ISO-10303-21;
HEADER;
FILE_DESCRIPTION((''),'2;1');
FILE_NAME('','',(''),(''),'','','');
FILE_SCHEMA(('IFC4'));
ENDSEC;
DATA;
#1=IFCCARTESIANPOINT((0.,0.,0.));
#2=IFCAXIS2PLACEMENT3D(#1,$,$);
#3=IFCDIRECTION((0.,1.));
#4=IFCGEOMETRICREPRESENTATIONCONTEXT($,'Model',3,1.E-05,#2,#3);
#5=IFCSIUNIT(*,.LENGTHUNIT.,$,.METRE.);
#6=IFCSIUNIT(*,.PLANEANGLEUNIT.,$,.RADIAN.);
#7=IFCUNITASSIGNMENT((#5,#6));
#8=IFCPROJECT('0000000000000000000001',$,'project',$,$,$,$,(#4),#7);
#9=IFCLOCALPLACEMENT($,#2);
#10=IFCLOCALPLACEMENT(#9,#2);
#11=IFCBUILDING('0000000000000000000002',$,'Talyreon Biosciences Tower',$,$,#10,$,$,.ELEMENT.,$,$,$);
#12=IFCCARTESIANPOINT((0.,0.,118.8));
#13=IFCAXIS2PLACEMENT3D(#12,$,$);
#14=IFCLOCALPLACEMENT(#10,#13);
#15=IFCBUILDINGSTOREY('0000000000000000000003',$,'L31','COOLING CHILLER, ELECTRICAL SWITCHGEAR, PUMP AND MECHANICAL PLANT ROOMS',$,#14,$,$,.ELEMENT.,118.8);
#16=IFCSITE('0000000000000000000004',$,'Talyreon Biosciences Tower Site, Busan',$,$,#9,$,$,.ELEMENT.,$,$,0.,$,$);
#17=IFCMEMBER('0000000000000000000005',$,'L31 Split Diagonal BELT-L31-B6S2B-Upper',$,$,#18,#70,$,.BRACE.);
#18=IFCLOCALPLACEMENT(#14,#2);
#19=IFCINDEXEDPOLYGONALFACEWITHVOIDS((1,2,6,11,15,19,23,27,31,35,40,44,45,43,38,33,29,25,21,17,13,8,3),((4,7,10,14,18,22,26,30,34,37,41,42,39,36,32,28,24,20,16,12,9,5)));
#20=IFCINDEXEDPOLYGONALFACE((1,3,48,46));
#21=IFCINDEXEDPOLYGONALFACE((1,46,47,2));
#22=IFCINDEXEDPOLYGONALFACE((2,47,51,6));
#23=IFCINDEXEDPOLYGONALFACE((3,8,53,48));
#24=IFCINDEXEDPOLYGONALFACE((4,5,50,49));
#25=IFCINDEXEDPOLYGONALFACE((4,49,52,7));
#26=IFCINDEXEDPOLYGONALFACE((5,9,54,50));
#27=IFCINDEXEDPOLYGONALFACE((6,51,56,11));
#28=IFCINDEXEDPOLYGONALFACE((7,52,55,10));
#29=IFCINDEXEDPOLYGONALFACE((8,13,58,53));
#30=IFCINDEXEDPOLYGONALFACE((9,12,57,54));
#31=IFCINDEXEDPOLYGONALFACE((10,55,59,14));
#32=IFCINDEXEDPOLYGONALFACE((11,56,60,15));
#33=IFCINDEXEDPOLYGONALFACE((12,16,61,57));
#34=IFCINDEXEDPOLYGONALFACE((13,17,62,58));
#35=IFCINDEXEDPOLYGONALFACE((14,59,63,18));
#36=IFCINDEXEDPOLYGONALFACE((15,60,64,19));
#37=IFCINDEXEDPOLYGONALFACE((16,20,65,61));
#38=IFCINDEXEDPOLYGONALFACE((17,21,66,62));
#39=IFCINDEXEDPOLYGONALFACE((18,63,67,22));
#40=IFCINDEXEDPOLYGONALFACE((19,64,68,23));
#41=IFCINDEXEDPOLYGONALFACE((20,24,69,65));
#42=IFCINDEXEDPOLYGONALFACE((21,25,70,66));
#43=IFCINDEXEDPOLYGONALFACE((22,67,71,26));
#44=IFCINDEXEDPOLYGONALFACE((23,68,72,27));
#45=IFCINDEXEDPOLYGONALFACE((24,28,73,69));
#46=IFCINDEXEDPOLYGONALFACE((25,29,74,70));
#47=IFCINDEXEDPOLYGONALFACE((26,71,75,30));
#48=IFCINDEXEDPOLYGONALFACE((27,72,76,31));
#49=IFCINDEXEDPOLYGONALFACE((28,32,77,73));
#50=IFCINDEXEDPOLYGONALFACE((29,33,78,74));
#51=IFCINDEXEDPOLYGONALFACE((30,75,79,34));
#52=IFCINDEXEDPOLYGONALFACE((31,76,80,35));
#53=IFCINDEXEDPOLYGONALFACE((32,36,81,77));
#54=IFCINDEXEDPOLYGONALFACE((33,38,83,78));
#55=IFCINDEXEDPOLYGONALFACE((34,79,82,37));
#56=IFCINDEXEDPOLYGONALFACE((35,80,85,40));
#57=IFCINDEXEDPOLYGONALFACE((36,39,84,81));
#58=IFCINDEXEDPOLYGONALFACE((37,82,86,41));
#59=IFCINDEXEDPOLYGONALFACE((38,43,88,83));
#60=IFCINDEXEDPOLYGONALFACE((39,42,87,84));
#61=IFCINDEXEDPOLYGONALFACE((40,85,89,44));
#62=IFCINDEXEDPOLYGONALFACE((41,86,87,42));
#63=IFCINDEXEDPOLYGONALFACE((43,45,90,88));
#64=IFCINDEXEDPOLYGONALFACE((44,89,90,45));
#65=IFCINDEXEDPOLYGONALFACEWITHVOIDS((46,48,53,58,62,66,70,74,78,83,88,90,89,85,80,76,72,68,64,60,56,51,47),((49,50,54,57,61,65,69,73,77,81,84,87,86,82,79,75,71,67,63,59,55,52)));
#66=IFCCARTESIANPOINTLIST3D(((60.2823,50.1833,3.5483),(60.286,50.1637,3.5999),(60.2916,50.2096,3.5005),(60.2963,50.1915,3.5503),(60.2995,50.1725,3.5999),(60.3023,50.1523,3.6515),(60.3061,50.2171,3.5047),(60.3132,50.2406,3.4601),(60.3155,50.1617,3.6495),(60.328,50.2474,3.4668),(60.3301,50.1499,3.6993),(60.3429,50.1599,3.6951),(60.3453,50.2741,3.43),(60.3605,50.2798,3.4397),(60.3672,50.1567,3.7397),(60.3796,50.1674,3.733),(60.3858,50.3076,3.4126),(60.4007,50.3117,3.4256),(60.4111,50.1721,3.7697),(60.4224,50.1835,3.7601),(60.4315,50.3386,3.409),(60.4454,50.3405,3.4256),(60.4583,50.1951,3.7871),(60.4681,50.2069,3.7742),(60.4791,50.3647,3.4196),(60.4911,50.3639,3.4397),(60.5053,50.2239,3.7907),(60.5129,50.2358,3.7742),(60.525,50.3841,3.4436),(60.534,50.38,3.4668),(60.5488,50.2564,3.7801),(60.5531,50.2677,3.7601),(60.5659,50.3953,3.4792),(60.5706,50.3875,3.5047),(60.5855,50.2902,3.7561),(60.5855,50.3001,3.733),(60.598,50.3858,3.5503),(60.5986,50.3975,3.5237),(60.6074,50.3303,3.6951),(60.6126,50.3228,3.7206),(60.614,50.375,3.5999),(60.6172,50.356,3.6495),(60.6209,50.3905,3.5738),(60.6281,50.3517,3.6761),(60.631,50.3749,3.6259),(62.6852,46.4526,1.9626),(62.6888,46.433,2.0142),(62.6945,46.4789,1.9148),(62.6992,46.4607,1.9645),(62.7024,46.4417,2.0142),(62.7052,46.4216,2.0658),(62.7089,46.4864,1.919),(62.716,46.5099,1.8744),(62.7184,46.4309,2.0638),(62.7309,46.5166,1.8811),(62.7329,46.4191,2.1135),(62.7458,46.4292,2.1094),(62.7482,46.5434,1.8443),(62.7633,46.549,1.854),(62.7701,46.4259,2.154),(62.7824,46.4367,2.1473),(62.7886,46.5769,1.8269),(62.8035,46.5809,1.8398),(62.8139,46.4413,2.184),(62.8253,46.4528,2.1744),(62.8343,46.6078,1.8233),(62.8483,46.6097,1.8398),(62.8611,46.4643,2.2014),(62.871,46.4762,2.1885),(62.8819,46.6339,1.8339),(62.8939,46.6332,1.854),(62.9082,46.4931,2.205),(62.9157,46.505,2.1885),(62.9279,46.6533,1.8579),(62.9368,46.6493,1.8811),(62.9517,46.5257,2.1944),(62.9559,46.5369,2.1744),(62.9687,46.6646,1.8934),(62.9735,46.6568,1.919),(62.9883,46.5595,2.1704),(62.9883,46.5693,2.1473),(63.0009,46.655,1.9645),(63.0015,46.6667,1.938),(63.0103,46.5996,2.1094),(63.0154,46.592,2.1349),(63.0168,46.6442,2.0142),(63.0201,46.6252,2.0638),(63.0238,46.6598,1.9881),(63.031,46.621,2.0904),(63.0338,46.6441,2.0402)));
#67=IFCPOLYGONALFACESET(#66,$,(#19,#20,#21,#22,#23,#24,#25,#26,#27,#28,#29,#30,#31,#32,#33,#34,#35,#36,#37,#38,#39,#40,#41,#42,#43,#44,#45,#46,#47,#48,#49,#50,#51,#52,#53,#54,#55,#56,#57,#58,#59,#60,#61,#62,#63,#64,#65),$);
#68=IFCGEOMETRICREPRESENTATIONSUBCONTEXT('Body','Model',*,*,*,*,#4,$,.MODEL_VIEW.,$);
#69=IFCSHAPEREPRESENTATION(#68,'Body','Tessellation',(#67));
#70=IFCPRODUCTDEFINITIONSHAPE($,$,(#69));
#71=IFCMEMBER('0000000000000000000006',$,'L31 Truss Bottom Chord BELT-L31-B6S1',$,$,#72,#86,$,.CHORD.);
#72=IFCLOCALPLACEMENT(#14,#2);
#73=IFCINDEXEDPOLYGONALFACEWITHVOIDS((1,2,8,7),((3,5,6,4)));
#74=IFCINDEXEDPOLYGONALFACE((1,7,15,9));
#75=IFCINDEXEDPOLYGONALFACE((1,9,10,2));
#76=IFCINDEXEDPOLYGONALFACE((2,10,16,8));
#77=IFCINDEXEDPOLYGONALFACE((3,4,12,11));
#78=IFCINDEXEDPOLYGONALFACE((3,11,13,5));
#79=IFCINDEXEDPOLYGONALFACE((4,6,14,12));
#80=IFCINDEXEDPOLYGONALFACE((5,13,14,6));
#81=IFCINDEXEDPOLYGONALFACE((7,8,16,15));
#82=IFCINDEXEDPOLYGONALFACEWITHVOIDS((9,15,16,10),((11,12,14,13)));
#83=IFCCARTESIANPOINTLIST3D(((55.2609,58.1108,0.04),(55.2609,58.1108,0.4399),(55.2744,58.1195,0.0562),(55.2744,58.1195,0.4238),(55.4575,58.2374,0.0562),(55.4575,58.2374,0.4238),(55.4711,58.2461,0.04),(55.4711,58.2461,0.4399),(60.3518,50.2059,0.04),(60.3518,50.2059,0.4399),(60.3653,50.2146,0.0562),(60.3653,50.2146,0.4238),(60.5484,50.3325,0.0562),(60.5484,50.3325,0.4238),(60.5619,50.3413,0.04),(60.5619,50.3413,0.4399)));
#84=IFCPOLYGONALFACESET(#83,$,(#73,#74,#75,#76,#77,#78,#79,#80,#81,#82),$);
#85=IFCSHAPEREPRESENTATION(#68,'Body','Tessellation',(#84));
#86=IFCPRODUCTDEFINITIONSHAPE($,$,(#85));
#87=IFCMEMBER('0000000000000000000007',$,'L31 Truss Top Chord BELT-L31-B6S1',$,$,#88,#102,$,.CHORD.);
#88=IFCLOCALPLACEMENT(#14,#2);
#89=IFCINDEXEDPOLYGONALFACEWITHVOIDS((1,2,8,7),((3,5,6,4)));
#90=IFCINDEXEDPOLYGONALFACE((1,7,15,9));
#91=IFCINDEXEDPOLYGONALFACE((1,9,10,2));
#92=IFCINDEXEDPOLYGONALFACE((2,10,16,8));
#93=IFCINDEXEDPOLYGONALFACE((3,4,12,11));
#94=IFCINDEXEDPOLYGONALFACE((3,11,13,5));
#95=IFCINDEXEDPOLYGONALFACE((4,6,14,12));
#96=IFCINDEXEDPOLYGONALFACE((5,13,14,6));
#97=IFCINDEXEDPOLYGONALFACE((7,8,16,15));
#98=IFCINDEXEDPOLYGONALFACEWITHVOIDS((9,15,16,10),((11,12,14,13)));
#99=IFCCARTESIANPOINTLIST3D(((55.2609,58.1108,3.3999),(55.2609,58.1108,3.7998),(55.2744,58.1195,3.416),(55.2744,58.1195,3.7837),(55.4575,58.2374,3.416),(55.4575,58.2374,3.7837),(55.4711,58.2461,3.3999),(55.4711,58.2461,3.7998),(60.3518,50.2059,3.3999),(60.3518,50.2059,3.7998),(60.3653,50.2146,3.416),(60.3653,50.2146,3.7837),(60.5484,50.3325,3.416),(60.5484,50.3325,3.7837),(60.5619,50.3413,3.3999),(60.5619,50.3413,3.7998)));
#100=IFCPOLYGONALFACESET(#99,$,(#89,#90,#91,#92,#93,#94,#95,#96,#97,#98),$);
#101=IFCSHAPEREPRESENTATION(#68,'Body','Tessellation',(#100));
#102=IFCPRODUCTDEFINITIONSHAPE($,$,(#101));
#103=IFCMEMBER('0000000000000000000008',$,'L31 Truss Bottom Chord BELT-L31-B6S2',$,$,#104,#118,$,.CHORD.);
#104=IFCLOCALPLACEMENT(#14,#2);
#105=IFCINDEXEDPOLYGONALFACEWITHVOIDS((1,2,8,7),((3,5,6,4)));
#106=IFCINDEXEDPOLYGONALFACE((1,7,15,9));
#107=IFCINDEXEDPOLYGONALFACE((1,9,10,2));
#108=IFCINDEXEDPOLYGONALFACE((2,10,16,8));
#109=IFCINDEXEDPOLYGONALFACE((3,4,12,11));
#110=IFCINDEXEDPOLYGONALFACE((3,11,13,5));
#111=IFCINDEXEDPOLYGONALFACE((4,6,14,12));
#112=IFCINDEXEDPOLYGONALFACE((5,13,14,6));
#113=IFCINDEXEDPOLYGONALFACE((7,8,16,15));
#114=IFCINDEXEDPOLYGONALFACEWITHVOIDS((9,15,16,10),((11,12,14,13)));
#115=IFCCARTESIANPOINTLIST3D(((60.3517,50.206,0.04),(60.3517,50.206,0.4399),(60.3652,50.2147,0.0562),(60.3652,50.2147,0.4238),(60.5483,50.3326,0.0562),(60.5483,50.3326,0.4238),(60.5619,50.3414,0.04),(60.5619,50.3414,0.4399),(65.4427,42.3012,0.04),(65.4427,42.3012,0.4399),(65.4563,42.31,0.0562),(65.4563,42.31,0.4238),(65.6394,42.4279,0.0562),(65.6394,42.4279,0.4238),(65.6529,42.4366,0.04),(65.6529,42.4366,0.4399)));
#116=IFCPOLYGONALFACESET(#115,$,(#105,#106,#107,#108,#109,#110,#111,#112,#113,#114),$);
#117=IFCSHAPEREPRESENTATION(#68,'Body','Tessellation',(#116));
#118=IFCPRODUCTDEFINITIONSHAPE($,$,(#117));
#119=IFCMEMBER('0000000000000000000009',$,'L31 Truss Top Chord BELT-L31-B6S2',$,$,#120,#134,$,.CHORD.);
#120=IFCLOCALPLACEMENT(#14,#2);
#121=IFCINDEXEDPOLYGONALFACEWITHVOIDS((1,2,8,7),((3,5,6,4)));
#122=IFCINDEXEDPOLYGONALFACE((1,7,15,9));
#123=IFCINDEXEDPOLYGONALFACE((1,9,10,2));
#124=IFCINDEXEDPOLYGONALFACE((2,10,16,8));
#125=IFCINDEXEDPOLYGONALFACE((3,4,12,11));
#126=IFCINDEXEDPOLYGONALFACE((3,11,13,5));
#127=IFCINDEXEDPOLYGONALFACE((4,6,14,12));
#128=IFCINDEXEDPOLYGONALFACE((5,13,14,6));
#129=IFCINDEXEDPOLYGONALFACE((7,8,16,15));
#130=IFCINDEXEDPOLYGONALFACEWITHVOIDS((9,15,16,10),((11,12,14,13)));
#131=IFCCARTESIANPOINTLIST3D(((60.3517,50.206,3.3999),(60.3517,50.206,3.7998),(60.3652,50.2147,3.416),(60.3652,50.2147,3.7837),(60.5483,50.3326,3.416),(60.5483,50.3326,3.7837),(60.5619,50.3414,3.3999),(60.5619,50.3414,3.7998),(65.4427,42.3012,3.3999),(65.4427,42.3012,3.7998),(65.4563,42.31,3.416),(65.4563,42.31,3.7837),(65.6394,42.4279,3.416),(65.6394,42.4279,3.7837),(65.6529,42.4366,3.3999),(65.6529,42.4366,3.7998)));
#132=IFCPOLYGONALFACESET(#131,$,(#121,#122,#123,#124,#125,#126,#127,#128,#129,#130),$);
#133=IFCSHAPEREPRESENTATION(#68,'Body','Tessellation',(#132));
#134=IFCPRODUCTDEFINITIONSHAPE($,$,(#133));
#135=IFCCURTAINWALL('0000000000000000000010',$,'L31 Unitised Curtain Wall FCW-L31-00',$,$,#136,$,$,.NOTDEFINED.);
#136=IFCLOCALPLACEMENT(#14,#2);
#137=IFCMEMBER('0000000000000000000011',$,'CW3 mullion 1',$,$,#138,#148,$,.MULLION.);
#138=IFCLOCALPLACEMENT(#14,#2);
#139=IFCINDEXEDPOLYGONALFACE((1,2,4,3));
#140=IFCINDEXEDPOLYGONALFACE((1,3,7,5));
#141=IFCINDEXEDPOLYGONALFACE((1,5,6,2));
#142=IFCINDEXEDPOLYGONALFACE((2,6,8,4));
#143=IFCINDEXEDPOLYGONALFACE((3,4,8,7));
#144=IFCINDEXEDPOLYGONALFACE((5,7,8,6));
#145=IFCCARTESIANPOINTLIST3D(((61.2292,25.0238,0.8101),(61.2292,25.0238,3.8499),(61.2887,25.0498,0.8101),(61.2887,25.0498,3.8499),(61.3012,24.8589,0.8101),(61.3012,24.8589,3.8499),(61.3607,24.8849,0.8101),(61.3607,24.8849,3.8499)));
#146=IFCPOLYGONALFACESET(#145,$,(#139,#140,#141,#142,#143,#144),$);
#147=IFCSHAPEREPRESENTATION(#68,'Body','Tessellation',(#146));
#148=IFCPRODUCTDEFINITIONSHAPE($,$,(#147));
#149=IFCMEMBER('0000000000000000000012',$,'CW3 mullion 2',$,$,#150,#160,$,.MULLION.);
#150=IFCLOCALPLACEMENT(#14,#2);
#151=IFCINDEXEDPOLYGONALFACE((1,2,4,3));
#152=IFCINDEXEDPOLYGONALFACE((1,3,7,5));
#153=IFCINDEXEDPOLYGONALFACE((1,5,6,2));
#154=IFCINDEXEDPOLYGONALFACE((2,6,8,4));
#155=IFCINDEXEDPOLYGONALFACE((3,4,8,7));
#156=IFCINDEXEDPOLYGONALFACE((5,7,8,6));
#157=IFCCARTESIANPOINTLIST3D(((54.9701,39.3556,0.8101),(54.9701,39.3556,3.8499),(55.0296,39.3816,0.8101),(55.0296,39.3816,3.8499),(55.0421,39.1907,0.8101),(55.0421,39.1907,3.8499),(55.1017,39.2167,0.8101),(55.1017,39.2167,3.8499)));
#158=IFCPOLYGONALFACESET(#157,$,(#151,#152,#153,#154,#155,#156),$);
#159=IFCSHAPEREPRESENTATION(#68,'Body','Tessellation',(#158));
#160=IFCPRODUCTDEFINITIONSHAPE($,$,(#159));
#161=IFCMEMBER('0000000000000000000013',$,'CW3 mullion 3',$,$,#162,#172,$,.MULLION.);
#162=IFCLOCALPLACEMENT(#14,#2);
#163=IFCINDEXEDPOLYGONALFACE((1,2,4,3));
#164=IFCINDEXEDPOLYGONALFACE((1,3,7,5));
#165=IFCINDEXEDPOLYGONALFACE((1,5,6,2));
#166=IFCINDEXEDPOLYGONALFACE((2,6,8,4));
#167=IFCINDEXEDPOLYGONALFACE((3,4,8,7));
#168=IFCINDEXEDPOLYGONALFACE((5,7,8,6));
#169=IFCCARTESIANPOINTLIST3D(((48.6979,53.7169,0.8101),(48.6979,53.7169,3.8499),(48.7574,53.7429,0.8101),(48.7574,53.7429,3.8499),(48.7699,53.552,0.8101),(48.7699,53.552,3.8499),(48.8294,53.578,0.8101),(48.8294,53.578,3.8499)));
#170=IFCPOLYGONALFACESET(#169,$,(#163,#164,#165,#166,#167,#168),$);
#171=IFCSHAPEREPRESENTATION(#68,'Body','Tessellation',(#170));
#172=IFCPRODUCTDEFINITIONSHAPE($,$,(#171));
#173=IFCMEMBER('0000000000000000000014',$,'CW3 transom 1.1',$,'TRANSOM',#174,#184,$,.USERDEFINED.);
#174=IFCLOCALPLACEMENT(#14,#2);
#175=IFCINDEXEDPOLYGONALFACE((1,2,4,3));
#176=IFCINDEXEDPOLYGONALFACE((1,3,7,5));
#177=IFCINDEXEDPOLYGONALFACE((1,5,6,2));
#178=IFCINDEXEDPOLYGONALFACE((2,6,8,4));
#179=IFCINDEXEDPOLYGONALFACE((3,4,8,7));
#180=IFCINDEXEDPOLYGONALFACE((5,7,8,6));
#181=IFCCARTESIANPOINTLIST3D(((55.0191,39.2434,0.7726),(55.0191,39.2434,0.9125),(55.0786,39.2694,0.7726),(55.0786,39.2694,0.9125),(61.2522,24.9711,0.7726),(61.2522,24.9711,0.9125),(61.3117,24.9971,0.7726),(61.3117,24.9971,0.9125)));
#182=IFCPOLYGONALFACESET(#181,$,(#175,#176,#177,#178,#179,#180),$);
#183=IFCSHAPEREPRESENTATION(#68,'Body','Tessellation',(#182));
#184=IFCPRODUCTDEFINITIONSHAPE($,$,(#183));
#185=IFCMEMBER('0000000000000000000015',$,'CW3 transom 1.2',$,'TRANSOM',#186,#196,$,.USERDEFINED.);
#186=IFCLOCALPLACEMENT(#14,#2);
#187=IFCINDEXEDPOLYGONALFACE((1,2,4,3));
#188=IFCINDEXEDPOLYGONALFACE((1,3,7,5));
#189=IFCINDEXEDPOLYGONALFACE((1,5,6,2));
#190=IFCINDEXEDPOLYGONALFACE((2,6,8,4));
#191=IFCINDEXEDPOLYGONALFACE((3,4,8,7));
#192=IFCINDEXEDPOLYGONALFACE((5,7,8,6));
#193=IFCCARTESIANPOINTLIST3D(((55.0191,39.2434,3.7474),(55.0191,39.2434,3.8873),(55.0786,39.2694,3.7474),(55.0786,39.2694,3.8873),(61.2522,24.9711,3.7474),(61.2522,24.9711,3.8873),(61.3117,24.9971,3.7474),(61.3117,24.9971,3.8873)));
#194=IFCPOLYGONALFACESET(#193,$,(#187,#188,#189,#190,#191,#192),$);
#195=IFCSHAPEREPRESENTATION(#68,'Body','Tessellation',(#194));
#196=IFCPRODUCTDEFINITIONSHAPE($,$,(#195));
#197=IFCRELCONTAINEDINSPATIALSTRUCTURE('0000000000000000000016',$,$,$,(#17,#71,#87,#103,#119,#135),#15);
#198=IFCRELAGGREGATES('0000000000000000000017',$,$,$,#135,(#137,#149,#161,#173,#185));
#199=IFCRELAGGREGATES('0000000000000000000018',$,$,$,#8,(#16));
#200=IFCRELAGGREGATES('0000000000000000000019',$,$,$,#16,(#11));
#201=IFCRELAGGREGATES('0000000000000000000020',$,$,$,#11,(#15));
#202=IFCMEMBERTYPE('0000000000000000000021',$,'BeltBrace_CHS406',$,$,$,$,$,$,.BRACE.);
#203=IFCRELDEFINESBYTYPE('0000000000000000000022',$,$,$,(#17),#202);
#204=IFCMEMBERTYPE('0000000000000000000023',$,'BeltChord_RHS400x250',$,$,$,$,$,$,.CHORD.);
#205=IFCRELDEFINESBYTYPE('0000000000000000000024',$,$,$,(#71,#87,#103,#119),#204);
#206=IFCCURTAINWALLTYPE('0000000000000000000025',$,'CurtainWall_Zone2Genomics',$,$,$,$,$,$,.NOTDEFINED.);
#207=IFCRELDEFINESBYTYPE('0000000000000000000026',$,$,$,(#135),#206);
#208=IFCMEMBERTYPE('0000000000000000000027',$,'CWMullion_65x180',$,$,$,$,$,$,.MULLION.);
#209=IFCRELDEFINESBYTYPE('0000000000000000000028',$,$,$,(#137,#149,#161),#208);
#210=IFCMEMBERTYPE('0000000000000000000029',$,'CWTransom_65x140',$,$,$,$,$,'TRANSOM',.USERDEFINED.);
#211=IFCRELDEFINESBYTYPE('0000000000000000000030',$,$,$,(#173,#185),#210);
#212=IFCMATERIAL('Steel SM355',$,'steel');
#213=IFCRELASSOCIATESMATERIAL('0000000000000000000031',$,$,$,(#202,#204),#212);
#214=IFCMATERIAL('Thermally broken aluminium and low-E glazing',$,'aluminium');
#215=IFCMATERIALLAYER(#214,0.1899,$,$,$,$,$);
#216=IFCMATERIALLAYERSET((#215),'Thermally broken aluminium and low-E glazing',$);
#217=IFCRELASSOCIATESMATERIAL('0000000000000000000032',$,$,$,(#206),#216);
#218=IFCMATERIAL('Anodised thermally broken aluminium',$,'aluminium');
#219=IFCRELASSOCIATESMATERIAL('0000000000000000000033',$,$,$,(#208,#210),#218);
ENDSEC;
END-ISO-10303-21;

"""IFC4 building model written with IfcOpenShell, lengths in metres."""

from ifc_helpers import new_model, si_unit, direction, frame, origin, origin_2d, place, context, subcontext, project, spatial, rectangle, hollow_rectangle, hollow_circle, extrude, material, layer, layer_set, material_profile, profile_set, type_object, element, aggregate, save


model = new_model("IFC4")

# Units and contexts
model_context = context("Model", 3, precision=1e-05, world=origin(), true_north=direction((0.0, 1.0)))
body_context = subcontext(model_context, "Body", "Model", "MODEL_VIEW")
ifc_project = project(units=[si_unit("LENGTHUNIT", "METRE"), si_unit("PLANEANGLEUNIT", "RADIAN")], contexts=[model_context])

# Site, building, storey
site_placement = place(None, origin())
site = spatial("IfcSite", under=ifc_project, at=site_placement, Name="Talyreon Biosciences Tower Site, Busan", CompositionType="ELEMENT", RefElevation=0.0)
building_placement = place(site_placement, origin())
building = spatial("IfcBuilding", under=site, at=building_placement, Name="Talyreon Biosciences Tower", CompositionType="ELEMENT")
storey_placement = place(building_placement, frame((0.0, 0.0, 118.8)))
storey = spatial("IfcBuildingStorey", under=building, at=storey_placement, Name="L31", Description="COOLING CHILLER, ELECTRICAL SWITCHGEAR, PUMP AND MECHANICAL PLANT ROOMS", CompositionType="ELEMENT", Elevation=118.8)

# Members
ifc_material_1 = material(Name="Steel SM355", Category="steel")
ifc_material_profile_1 = material_profile(ifc_material_1, hollow_circle(Radius=0.2031, WallThickness=0.0161, at=origin_2d()), Name="CHS 406.4x16")
ifc_profile_set_1 = profile_set([ifc_material_profile_1], Name="Steel SM355")
member_type_1 = type_object("IfcMemberType", Name="BeltBrace_CHS406", PredefinedType="BRACE", material=ifc_profile_set_1)
member_1_placement = place(storey_placement, frame((62.8596, 46.543, 2.0142), z_axis=(-0.509901, 0.791688, 0.336497), x_axis=(-0.840715, -0.541478, 0.0)))
element("IfcMember", 1, at=member_1_placement, inside=storey, type_object=member_type_1, Name="L31 Split Diagonal BELT-L31-B6S2B-Upper", PredefinedType="BRACE", context=body_context, shape_type="SweptSolid", body=[
    extrude(hollow_circle(Radius=0.2031, WallThickness=0.0161, at=origin_2d()), origin(), (0.0, 0.0, 1.0), 4.7124),
])
ifc_material_profile_2 = material_profile(ifc_material_1, hollow_rectangle(XDim=0.25, YDim=0.3999, WallThickness=0.0161, at=origin_2d()), Name="RHS 400x250x16")
ifc_profile_set_2 = profile_set([ifc_material_profile_2], Name="Steel SM355")
member_type_2 = type_object("IfcMemberType", Name="BeltChord_RHS400x250", PredefinedType="CHORD", material=ifc_profile_set_2)
for number, where, z_axis, x_axis, name in (
    (2, (55.366, 58.1785, 0.24), (0.541448, -0.840734, 0.0), (0.840734, 0.541448, 0.0), "L31 Truss Bottom Chord BELT-L31-B6S1"),
    (3, (55.366, 58.1785, 3.5999), (0.541448, -0.840734, 0.0), (0.840734, 0.541448, 0.0), "L31 Truss Top Chord BELT-L31-B6S1"),
    (4, (60.4568, 50.2737, 0.24), (0.541466, -0.840723, 0.0), (0.840723, 0.541466, 0.0), "L31 Truss Bottom Chord BELT-L31-B6S2"),
    (5, (60.4568, 50.2737, 3.5999), (0.541466, -0.840723, 0.0), (0.840723, 0.541466, 0.0), "L31 Truss Top Chord BELT-L31-B6S2"),
):
    element("IfcMember", number, at=place(storey_placement, frame(where, z_axis=z_axis, x_axis=x_axis)), inside=storey, type_object=member_type_2, Name=name, PredefinedType="CHORD", context=body_context, shape_type="SweptSolid", body=[
        extrude(hollow_rectangle(XDim=0.25, YDim=0.3999, WallThickness=0.0161, at=origin_2d()), origin(), (0.0, 0.0, 1.0), 9.4023),
    ])

# Curtain wall, members
ifc_material_2 = material(Name="Thermally broken aluminium and low-E glazing", Category="aluminium")
ifc_layer_1 = layer(ifc_material_2, 0.1899)
ifc_layer_set_1 = layer_set([ifc_layer_1], Name="Thermally broken aluminium and low-E glazing")
curtain_wall_type = type_object("IfcCurtainWallType", Name="CurtainWall_Zone2Genomics", PredefinedType="NOTDEFINED", material=ifc_layer_set_1)
curtain_wall_placement = place(storey_placement, origin())
curtain_wall = element("IfcCurtainWall", 6, at=curtain_wall_placement, inside=storey, type_object=curtain_wall_type, Name="L31 Unitised Curtain Wall FCW-L31-00", PredefinedType="NOTDEFINED")
ifc_material_3 = material(Name="Anodised thermally broken aluminium", Category="aluminium")
ifc_material_profile_3 = material_profile(ifc_material_3, rectangle(XDim=0.0649, YDim=0.1799, at=origin_2d()), Name="ALUM MULLION 65x180")
ifc_profile_set_3 = profile_set([ifc_material_profile_3], Name="Anodised thermally broken aluminium")
member_type_3 = type_object("IfcMemberType", Name="CWMullion_65x180", PredefinedType="MULLION", material=ifc_profile_set_3)
member_2_placement = place(storey_placement, frame((61.2949, 24.9543, 0.8101), z_axis=(0.0, 0.0, 1.0), x_axis=(-0.916416, -0.400226, 0.0)))
member_2 = element("IfcMember", 7, at=member_2_placement, type_object=member_type_3, Name="CW3 mullion 1", PredefinedType="MULLION", context=body_context, shape_type="SweptSolid", body=[
    extrude(rectangle(XDim=0.0649, YDim=0.1799, at=origin_2d()), origin(), (0.0, 0.0, 1.0), 3.0398),
])
member_3_placement = place(storey_placement, frame((55.0359, 39.2861, 0.8101), z_axis=(0.0, 0.0, 1.0), x_axis=(-0.916416, -0.400226, 0.0)))
member_3 = element("IfcMember", 8, at=member_3_placement, type_object=member_type_3, Name="CW3 mullion 2", PredefinedType="MULLION", context=body_context, shape_type="SweptSolid", body=[
    extrude(rectangle(XDim=0.0649, YDim=0.1799, at=origin_2d()), origin(), (0.0, 0.0, 1.0), 3.0398),
])
member_4_placement = place(storey_placement, frame((48.7637, 53.6475, 0.8101), z_axis=(0.0, 0.0, 1.0), x_axis=(-0.916416, -0.400226, 0.0)))
member_4 = element("IfcMember", 9, at=member_4_placement, type_object=member_type_3, Name="CW3 mullion 3", PredefinedType="MULLION", context=body_context, shape_type="SweptSolid", body=[
    extrude(rectangle(XDim=0.0649, YDim=0.1799, at=origin_2d()), origin(), (0.0, 0.0, 1.0), 3.0398),
])
ifc_material_profile_4 = material_profile(ifc_material_3, rectangle(XDim=0.0649, YDim=0.1399, at=origin_2d()), Name="ALUM TRANSOM 65x140")
ifc_profile_set_4 = profile_set([ifc_material_profile_4], Name="Anodised thermally broken aluminium")
member_type_4 = type_object("IfcMemberType", Name="CWTransom_65x140", ElementType="TRANSOM", PredefinedType="USERDEFINED", material=ifc_profile_set_4)
member_5_placement = place(storey_placement, frame((61.282, 24.9841, 0.8425), z_axis=(-0.400229, 0.916415, 0.0), x_axis=(-0.916415, -0.400229, 0.0)))
member_5 = element("IfcMember", 10, at=member_5_placement, type_object=member_type_4, Name="CW3 transom 1.1", ObjectType="TRANSOM", PredefinedType="USERDEFINED", context=body_context, shape_type="SweptSolid", body=[
    extrude(rectangle(XDim=0.0649, YDim=0.1399, at=origin_2d()), origin(), (0.0, 0.0, 1.0), 15.574),
])
member_6_placement = place(storey_placement, frame((61.282, 24.9841, 3.8174), z_axis=(-0.400229, 0.916415, 0.0), x_axis=(-0.916415, -0.400229, 0.0)))
member_6 = element("IfcMember", 11, at=member_6_placement, type_object=member_type_4, Name="CW3 transom 1.2", ObjectType="TRANSOM", PredefinedType="USERDEFINED", context=body_context, shape_type="SweptSolid", body=[
    extrude(rectangle(XDim=0.0649, YDim=0.1399, at=origin_2d()), origin(), (0.0, 0.0, 1.0), 15.574),
])

aggregate(curtain_wall, [member_2, member_3, member_4, member_5, member_6])

save(model, "model.ifc")
